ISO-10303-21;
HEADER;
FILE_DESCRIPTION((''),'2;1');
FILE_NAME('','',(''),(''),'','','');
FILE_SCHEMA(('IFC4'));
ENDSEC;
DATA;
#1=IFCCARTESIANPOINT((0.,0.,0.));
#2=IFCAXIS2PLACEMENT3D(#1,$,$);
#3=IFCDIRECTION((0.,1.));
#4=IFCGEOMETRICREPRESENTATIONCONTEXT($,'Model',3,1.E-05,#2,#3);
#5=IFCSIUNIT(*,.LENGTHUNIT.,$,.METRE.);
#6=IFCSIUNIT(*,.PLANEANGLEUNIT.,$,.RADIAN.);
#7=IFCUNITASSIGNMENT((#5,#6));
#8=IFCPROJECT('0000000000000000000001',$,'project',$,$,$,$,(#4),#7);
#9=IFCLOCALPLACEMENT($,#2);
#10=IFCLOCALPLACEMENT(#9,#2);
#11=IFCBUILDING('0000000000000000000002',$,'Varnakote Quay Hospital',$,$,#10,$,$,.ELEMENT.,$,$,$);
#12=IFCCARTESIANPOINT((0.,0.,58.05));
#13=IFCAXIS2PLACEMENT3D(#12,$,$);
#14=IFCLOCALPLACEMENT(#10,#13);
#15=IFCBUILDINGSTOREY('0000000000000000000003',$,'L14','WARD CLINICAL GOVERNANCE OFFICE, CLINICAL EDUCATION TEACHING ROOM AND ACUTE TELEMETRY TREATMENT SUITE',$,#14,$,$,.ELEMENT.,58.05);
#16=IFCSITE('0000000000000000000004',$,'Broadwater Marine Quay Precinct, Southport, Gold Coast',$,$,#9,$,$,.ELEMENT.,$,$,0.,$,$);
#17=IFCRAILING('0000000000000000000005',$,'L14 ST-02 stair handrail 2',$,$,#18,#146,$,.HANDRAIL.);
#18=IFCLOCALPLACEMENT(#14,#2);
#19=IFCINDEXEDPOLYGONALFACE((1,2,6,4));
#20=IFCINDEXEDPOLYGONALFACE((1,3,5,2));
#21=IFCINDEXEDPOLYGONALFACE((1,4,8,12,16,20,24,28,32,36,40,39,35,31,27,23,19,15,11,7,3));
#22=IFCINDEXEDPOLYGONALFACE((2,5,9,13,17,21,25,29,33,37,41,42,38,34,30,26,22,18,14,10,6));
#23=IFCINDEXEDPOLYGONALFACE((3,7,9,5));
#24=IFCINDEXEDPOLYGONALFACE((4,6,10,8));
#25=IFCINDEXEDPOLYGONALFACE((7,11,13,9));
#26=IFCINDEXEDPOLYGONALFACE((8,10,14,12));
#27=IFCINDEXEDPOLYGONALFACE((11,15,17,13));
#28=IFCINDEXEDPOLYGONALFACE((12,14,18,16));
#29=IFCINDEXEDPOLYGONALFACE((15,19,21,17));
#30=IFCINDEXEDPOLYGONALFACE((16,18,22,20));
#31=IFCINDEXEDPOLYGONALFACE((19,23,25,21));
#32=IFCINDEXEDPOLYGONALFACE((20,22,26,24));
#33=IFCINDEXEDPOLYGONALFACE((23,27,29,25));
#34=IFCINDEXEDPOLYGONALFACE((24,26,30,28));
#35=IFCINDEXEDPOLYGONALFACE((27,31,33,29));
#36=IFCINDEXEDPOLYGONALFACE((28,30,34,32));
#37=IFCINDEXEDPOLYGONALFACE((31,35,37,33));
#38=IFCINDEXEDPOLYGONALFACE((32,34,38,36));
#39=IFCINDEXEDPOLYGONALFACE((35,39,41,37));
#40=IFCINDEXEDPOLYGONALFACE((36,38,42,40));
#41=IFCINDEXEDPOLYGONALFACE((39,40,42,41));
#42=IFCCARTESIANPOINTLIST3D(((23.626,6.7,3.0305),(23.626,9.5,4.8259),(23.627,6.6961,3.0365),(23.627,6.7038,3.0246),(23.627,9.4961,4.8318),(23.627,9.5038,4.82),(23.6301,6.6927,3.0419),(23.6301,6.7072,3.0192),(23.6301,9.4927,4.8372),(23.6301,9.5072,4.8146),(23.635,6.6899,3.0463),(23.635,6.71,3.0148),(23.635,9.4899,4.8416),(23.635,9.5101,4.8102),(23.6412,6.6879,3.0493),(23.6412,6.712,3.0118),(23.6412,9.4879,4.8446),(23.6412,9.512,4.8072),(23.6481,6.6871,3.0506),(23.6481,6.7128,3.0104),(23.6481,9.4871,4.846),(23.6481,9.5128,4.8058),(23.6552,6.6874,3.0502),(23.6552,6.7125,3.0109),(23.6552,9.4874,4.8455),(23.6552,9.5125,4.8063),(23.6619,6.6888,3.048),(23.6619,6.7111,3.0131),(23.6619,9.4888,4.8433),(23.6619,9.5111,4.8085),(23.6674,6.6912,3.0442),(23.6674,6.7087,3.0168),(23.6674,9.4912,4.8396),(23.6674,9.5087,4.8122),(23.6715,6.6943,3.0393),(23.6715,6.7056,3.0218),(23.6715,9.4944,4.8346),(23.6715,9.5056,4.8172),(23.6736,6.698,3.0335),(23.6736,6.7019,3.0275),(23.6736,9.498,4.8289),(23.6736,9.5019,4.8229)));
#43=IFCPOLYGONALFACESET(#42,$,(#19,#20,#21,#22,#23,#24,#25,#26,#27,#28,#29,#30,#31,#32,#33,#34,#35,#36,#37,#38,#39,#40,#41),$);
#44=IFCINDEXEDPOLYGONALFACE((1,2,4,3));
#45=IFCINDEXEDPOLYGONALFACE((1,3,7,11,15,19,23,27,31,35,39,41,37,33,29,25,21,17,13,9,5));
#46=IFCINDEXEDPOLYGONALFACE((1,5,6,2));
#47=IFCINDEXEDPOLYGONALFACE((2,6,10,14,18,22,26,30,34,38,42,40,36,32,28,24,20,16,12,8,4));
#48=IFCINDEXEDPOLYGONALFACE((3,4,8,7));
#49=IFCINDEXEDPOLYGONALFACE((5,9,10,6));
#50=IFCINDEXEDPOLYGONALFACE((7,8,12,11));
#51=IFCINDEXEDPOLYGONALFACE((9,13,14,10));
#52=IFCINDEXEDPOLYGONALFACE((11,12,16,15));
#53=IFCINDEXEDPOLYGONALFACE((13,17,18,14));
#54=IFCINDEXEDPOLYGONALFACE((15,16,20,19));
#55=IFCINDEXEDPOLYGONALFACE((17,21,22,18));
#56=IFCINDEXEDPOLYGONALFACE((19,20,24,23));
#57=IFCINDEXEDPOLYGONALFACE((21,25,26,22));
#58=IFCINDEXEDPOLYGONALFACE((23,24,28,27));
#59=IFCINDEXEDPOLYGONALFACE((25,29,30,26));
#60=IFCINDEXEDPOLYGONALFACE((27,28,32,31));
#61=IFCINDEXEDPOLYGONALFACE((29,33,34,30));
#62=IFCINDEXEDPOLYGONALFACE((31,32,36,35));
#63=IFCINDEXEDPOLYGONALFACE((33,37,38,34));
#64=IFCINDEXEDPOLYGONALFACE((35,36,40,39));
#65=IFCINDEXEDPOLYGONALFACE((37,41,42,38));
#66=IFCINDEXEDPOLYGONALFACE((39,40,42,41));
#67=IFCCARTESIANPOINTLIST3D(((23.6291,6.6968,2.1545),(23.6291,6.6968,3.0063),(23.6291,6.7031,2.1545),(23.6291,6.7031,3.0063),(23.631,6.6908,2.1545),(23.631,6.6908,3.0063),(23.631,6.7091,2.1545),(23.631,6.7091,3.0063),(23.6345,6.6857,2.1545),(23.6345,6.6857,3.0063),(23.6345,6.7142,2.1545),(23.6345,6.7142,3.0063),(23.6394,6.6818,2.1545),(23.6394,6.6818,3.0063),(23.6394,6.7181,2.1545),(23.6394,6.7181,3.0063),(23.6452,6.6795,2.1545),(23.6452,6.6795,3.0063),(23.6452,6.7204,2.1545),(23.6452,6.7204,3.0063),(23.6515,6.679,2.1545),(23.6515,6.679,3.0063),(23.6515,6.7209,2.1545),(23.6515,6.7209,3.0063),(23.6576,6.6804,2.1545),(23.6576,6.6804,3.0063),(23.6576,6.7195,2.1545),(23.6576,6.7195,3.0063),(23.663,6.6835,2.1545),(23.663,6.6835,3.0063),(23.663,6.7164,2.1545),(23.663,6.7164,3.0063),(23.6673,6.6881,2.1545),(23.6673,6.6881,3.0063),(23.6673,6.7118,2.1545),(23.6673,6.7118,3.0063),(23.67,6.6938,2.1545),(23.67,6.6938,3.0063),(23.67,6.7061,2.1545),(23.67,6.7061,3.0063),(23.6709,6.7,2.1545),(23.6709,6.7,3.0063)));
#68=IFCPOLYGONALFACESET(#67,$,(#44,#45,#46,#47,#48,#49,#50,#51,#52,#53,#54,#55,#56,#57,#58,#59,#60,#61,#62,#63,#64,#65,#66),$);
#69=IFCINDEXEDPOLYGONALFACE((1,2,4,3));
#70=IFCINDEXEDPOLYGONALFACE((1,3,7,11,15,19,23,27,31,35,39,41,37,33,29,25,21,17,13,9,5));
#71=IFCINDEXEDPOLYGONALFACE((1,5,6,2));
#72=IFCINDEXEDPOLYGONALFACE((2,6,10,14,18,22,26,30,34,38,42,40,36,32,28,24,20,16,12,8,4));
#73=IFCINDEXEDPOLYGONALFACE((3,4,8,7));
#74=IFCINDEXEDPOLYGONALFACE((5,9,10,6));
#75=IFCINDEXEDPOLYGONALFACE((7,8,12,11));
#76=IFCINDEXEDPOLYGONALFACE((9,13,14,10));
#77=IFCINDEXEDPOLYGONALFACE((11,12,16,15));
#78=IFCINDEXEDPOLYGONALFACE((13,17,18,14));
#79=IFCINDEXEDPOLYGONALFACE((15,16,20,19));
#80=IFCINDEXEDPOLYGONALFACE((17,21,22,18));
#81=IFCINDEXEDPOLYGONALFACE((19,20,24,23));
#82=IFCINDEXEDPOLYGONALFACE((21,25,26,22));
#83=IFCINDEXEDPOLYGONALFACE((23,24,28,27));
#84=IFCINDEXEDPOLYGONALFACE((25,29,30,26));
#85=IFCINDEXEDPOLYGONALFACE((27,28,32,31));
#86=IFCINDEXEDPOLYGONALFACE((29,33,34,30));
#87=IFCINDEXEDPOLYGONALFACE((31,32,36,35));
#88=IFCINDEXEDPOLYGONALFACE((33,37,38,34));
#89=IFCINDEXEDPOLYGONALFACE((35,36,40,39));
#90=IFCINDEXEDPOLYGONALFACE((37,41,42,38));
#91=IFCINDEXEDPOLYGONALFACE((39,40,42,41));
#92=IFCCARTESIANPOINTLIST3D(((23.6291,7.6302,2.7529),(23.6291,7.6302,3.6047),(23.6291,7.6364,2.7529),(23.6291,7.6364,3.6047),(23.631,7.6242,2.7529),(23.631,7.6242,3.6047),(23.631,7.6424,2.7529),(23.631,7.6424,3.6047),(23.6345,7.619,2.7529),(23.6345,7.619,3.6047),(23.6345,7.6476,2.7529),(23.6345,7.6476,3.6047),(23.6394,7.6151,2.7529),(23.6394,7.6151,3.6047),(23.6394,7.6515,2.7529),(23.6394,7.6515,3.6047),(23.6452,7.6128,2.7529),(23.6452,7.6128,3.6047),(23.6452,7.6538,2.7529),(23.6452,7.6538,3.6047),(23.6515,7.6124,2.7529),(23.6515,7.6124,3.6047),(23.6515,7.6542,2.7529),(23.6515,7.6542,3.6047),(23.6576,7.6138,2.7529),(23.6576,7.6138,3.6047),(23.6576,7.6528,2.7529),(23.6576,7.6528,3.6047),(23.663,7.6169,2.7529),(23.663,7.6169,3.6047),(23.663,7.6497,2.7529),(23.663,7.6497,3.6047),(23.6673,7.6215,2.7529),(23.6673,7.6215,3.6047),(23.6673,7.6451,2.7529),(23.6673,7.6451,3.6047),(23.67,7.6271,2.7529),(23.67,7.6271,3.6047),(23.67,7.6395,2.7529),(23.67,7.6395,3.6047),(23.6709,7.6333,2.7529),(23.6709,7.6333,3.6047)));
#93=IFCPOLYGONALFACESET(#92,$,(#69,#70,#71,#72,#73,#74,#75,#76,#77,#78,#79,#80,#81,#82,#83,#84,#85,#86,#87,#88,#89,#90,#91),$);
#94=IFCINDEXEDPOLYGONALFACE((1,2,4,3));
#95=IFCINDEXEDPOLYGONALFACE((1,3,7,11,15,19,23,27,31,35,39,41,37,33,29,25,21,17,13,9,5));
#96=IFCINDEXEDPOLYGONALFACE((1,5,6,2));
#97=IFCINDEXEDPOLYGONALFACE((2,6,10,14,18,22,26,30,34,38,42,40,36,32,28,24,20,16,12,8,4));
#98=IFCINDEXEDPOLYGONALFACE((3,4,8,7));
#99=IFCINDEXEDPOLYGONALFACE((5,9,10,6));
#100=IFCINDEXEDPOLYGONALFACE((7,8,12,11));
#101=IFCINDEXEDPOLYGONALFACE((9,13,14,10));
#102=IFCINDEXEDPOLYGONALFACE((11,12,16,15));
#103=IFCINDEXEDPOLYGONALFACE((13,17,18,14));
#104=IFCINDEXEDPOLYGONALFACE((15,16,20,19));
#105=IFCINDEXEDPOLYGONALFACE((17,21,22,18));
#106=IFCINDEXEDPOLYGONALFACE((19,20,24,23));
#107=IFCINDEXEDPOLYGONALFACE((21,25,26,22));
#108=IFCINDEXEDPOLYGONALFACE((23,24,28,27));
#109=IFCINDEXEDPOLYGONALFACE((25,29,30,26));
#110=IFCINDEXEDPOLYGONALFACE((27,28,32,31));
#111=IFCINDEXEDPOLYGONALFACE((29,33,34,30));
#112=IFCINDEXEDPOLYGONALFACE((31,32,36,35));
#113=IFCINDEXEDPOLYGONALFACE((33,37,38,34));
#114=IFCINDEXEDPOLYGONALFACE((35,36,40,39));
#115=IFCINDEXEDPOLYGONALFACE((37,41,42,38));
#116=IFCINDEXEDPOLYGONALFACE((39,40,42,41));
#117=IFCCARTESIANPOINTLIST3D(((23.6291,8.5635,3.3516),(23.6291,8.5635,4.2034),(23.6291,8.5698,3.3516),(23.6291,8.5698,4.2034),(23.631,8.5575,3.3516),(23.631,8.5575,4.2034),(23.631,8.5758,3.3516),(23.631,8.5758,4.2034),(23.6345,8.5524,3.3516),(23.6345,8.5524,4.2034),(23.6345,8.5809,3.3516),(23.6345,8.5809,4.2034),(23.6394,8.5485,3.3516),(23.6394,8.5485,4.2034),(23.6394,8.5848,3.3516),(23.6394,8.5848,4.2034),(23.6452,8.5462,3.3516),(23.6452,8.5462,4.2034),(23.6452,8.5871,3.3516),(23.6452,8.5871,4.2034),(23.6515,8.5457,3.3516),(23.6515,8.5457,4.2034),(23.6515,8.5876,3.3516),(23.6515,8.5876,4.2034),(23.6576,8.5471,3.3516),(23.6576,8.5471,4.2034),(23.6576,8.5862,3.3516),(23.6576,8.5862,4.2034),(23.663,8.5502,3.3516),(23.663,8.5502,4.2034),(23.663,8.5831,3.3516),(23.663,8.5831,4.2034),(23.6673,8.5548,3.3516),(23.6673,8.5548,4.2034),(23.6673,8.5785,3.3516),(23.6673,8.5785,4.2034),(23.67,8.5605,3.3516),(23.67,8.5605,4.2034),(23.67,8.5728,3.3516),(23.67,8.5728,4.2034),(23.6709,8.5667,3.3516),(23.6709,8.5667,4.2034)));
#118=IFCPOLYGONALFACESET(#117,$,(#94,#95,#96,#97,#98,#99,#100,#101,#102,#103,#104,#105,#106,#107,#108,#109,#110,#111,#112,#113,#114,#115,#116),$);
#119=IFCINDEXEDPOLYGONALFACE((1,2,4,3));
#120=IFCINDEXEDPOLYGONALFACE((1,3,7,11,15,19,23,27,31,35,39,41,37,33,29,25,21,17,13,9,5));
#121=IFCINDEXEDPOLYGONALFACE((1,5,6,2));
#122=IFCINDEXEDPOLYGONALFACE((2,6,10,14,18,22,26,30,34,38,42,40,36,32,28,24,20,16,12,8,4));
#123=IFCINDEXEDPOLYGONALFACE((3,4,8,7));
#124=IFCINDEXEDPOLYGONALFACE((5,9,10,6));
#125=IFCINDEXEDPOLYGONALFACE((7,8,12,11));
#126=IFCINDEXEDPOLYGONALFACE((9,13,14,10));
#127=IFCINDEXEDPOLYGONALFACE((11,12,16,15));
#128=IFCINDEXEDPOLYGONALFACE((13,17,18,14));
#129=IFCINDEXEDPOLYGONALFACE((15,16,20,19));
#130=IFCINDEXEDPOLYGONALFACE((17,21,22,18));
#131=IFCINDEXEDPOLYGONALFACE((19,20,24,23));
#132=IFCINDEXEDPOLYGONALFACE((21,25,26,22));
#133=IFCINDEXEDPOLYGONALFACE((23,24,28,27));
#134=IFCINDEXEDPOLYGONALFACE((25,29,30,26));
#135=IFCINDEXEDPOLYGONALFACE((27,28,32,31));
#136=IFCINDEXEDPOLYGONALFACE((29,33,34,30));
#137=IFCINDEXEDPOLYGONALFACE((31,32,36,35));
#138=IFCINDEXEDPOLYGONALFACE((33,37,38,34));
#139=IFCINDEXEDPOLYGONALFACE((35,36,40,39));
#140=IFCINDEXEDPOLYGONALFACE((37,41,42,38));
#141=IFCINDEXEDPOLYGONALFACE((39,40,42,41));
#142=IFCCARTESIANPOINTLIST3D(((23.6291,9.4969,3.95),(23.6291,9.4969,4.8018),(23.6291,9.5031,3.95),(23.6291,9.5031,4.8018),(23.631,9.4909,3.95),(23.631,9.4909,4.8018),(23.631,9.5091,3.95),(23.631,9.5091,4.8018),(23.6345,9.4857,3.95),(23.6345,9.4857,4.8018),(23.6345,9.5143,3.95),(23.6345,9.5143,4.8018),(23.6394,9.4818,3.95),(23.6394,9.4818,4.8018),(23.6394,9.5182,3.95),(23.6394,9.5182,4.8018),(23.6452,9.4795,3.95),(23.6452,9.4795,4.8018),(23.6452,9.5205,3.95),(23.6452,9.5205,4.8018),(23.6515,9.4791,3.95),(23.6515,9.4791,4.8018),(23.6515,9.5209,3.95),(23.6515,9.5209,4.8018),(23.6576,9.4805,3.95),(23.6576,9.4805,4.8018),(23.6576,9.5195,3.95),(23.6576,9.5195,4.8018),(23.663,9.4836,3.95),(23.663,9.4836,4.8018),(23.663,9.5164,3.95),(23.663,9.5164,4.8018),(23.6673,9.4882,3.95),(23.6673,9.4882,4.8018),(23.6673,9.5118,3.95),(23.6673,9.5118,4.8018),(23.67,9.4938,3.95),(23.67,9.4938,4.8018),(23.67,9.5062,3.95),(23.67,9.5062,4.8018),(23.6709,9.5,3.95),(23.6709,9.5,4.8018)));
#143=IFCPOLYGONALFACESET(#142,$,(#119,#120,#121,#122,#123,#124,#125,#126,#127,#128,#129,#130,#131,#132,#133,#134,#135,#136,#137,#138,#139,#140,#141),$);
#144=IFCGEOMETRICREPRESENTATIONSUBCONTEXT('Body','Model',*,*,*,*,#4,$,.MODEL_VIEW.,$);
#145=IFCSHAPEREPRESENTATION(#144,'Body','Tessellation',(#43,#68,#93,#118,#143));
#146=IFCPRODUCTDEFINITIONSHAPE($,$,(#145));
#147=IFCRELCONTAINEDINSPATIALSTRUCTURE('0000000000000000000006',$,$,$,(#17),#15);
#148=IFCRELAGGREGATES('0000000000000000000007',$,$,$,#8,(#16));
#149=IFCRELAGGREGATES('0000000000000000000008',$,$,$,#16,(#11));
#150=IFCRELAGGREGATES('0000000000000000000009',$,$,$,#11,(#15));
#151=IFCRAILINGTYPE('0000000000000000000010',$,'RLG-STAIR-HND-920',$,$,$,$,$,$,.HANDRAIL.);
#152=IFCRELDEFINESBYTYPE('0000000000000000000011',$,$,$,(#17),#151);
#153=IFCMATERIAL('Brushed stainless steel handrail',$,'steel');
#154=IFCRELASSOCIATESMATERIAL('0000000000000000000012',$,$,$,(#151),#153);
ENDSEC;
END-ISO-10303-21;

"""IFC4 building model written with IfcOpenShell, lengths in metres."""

from ifc_helpers import new_model, si_unit, direction, frame, origin, origin_2d, place, context, subcontext, project, spatial, circle, extrude, material, type_object, element, save


model = new_model("IFC4")

# Units and contexts
model_context = context("Model", 3, precision=1e-05, world=origin(), true_north=direction((0.0, 1.0)))
body_context = subcontext(model_context, "Body", "Model", "MODEL_VIEW")
ifc_project = project(units=[si_unit("LENGTHUNIT", "METRE"), si_unit("PLANEANGLEUNIT", "RADIAN")], contexts=[model_context])

# Site, building, storey
site_placement = place(None, origin())
site = spatial("IfcSite", under=ifc_project, at=site_placement, Name="Broadwater Marine Quay Precinct, Southport, Gold Coast", CompositionType="ELEMENT", RefElevation=0.0)
building_placement = place(site_placement, origin())
building = spatial("IfcBuilding", under=site, at=building_placement, Name="Varnakote Quay Hospital", CompositionType="ELEMENT")
storey_placement = place(building_placement, frame((0.0, 0.0, 58.05)))
storey = spatial("IfcBuildingStorey", under=building, at=storey_placement, Name="L14", Description="WARD CLINICAL GOVERNANCE OFFICE, CLINICAL EDUCATION TEACHING ROOM AND ACUTE TELEMETRY TREATMENT SUITE", CompositionType="ELEMENT", Elevation=58.05)

# Railing
ifc_material_1 = material(Name="Brushed stainless steel handrail", Category="steel")
railing_type = type_object("IfcRailingType", Name="RLG-STAIR-HND-920", PredefinedType="HANDRAIL", material=ifc_material_1)
railing_placement = place(storey_placement, frame((23.6499, 6.7, 2.1545)))
element("IfcRailing", 1, at=railing_placement, inside=storey, type_object=railing_type, Name="L14 ST-02 stair handrail 2", PredefinedType="HANDRAIL", context=body_context, shape_type="SweptSolid", body=[
    extrude(circle(Radius=0.0239, at=origin_2d()), frame((0.0, 0.0, 0.876), z_axis=(0.0, 0.84181, 0.539774), x_axis=(-1.0, 0.0, 0.0)), (0.0, 0.0, 1.0), 3.3262),
    extrude(circle(Radius=0.021, at=origin_2d()), origin(), (0.0, 0.0, 1.0), 0.8518),
    extrude(circle(Radius=0.021, at=origin_2d()), frame((0.0, 0.9333, 0.5984)), (0.0, 0.0, 1.0), 0.8518),
    extrude(circle(Radius=0.021, at=origin_2d()), frame((0.0, 1.8667, 1.197)), (0.0, 0.0, 1.0), 0.8518),
    extrude(circle(Radius=0.021, at=origin_2d()), frame((0.0, 2.8, 1.7954)), (0.0, 0.0, 1.0), 0.8518),
])

save(model, "model.ifc")
